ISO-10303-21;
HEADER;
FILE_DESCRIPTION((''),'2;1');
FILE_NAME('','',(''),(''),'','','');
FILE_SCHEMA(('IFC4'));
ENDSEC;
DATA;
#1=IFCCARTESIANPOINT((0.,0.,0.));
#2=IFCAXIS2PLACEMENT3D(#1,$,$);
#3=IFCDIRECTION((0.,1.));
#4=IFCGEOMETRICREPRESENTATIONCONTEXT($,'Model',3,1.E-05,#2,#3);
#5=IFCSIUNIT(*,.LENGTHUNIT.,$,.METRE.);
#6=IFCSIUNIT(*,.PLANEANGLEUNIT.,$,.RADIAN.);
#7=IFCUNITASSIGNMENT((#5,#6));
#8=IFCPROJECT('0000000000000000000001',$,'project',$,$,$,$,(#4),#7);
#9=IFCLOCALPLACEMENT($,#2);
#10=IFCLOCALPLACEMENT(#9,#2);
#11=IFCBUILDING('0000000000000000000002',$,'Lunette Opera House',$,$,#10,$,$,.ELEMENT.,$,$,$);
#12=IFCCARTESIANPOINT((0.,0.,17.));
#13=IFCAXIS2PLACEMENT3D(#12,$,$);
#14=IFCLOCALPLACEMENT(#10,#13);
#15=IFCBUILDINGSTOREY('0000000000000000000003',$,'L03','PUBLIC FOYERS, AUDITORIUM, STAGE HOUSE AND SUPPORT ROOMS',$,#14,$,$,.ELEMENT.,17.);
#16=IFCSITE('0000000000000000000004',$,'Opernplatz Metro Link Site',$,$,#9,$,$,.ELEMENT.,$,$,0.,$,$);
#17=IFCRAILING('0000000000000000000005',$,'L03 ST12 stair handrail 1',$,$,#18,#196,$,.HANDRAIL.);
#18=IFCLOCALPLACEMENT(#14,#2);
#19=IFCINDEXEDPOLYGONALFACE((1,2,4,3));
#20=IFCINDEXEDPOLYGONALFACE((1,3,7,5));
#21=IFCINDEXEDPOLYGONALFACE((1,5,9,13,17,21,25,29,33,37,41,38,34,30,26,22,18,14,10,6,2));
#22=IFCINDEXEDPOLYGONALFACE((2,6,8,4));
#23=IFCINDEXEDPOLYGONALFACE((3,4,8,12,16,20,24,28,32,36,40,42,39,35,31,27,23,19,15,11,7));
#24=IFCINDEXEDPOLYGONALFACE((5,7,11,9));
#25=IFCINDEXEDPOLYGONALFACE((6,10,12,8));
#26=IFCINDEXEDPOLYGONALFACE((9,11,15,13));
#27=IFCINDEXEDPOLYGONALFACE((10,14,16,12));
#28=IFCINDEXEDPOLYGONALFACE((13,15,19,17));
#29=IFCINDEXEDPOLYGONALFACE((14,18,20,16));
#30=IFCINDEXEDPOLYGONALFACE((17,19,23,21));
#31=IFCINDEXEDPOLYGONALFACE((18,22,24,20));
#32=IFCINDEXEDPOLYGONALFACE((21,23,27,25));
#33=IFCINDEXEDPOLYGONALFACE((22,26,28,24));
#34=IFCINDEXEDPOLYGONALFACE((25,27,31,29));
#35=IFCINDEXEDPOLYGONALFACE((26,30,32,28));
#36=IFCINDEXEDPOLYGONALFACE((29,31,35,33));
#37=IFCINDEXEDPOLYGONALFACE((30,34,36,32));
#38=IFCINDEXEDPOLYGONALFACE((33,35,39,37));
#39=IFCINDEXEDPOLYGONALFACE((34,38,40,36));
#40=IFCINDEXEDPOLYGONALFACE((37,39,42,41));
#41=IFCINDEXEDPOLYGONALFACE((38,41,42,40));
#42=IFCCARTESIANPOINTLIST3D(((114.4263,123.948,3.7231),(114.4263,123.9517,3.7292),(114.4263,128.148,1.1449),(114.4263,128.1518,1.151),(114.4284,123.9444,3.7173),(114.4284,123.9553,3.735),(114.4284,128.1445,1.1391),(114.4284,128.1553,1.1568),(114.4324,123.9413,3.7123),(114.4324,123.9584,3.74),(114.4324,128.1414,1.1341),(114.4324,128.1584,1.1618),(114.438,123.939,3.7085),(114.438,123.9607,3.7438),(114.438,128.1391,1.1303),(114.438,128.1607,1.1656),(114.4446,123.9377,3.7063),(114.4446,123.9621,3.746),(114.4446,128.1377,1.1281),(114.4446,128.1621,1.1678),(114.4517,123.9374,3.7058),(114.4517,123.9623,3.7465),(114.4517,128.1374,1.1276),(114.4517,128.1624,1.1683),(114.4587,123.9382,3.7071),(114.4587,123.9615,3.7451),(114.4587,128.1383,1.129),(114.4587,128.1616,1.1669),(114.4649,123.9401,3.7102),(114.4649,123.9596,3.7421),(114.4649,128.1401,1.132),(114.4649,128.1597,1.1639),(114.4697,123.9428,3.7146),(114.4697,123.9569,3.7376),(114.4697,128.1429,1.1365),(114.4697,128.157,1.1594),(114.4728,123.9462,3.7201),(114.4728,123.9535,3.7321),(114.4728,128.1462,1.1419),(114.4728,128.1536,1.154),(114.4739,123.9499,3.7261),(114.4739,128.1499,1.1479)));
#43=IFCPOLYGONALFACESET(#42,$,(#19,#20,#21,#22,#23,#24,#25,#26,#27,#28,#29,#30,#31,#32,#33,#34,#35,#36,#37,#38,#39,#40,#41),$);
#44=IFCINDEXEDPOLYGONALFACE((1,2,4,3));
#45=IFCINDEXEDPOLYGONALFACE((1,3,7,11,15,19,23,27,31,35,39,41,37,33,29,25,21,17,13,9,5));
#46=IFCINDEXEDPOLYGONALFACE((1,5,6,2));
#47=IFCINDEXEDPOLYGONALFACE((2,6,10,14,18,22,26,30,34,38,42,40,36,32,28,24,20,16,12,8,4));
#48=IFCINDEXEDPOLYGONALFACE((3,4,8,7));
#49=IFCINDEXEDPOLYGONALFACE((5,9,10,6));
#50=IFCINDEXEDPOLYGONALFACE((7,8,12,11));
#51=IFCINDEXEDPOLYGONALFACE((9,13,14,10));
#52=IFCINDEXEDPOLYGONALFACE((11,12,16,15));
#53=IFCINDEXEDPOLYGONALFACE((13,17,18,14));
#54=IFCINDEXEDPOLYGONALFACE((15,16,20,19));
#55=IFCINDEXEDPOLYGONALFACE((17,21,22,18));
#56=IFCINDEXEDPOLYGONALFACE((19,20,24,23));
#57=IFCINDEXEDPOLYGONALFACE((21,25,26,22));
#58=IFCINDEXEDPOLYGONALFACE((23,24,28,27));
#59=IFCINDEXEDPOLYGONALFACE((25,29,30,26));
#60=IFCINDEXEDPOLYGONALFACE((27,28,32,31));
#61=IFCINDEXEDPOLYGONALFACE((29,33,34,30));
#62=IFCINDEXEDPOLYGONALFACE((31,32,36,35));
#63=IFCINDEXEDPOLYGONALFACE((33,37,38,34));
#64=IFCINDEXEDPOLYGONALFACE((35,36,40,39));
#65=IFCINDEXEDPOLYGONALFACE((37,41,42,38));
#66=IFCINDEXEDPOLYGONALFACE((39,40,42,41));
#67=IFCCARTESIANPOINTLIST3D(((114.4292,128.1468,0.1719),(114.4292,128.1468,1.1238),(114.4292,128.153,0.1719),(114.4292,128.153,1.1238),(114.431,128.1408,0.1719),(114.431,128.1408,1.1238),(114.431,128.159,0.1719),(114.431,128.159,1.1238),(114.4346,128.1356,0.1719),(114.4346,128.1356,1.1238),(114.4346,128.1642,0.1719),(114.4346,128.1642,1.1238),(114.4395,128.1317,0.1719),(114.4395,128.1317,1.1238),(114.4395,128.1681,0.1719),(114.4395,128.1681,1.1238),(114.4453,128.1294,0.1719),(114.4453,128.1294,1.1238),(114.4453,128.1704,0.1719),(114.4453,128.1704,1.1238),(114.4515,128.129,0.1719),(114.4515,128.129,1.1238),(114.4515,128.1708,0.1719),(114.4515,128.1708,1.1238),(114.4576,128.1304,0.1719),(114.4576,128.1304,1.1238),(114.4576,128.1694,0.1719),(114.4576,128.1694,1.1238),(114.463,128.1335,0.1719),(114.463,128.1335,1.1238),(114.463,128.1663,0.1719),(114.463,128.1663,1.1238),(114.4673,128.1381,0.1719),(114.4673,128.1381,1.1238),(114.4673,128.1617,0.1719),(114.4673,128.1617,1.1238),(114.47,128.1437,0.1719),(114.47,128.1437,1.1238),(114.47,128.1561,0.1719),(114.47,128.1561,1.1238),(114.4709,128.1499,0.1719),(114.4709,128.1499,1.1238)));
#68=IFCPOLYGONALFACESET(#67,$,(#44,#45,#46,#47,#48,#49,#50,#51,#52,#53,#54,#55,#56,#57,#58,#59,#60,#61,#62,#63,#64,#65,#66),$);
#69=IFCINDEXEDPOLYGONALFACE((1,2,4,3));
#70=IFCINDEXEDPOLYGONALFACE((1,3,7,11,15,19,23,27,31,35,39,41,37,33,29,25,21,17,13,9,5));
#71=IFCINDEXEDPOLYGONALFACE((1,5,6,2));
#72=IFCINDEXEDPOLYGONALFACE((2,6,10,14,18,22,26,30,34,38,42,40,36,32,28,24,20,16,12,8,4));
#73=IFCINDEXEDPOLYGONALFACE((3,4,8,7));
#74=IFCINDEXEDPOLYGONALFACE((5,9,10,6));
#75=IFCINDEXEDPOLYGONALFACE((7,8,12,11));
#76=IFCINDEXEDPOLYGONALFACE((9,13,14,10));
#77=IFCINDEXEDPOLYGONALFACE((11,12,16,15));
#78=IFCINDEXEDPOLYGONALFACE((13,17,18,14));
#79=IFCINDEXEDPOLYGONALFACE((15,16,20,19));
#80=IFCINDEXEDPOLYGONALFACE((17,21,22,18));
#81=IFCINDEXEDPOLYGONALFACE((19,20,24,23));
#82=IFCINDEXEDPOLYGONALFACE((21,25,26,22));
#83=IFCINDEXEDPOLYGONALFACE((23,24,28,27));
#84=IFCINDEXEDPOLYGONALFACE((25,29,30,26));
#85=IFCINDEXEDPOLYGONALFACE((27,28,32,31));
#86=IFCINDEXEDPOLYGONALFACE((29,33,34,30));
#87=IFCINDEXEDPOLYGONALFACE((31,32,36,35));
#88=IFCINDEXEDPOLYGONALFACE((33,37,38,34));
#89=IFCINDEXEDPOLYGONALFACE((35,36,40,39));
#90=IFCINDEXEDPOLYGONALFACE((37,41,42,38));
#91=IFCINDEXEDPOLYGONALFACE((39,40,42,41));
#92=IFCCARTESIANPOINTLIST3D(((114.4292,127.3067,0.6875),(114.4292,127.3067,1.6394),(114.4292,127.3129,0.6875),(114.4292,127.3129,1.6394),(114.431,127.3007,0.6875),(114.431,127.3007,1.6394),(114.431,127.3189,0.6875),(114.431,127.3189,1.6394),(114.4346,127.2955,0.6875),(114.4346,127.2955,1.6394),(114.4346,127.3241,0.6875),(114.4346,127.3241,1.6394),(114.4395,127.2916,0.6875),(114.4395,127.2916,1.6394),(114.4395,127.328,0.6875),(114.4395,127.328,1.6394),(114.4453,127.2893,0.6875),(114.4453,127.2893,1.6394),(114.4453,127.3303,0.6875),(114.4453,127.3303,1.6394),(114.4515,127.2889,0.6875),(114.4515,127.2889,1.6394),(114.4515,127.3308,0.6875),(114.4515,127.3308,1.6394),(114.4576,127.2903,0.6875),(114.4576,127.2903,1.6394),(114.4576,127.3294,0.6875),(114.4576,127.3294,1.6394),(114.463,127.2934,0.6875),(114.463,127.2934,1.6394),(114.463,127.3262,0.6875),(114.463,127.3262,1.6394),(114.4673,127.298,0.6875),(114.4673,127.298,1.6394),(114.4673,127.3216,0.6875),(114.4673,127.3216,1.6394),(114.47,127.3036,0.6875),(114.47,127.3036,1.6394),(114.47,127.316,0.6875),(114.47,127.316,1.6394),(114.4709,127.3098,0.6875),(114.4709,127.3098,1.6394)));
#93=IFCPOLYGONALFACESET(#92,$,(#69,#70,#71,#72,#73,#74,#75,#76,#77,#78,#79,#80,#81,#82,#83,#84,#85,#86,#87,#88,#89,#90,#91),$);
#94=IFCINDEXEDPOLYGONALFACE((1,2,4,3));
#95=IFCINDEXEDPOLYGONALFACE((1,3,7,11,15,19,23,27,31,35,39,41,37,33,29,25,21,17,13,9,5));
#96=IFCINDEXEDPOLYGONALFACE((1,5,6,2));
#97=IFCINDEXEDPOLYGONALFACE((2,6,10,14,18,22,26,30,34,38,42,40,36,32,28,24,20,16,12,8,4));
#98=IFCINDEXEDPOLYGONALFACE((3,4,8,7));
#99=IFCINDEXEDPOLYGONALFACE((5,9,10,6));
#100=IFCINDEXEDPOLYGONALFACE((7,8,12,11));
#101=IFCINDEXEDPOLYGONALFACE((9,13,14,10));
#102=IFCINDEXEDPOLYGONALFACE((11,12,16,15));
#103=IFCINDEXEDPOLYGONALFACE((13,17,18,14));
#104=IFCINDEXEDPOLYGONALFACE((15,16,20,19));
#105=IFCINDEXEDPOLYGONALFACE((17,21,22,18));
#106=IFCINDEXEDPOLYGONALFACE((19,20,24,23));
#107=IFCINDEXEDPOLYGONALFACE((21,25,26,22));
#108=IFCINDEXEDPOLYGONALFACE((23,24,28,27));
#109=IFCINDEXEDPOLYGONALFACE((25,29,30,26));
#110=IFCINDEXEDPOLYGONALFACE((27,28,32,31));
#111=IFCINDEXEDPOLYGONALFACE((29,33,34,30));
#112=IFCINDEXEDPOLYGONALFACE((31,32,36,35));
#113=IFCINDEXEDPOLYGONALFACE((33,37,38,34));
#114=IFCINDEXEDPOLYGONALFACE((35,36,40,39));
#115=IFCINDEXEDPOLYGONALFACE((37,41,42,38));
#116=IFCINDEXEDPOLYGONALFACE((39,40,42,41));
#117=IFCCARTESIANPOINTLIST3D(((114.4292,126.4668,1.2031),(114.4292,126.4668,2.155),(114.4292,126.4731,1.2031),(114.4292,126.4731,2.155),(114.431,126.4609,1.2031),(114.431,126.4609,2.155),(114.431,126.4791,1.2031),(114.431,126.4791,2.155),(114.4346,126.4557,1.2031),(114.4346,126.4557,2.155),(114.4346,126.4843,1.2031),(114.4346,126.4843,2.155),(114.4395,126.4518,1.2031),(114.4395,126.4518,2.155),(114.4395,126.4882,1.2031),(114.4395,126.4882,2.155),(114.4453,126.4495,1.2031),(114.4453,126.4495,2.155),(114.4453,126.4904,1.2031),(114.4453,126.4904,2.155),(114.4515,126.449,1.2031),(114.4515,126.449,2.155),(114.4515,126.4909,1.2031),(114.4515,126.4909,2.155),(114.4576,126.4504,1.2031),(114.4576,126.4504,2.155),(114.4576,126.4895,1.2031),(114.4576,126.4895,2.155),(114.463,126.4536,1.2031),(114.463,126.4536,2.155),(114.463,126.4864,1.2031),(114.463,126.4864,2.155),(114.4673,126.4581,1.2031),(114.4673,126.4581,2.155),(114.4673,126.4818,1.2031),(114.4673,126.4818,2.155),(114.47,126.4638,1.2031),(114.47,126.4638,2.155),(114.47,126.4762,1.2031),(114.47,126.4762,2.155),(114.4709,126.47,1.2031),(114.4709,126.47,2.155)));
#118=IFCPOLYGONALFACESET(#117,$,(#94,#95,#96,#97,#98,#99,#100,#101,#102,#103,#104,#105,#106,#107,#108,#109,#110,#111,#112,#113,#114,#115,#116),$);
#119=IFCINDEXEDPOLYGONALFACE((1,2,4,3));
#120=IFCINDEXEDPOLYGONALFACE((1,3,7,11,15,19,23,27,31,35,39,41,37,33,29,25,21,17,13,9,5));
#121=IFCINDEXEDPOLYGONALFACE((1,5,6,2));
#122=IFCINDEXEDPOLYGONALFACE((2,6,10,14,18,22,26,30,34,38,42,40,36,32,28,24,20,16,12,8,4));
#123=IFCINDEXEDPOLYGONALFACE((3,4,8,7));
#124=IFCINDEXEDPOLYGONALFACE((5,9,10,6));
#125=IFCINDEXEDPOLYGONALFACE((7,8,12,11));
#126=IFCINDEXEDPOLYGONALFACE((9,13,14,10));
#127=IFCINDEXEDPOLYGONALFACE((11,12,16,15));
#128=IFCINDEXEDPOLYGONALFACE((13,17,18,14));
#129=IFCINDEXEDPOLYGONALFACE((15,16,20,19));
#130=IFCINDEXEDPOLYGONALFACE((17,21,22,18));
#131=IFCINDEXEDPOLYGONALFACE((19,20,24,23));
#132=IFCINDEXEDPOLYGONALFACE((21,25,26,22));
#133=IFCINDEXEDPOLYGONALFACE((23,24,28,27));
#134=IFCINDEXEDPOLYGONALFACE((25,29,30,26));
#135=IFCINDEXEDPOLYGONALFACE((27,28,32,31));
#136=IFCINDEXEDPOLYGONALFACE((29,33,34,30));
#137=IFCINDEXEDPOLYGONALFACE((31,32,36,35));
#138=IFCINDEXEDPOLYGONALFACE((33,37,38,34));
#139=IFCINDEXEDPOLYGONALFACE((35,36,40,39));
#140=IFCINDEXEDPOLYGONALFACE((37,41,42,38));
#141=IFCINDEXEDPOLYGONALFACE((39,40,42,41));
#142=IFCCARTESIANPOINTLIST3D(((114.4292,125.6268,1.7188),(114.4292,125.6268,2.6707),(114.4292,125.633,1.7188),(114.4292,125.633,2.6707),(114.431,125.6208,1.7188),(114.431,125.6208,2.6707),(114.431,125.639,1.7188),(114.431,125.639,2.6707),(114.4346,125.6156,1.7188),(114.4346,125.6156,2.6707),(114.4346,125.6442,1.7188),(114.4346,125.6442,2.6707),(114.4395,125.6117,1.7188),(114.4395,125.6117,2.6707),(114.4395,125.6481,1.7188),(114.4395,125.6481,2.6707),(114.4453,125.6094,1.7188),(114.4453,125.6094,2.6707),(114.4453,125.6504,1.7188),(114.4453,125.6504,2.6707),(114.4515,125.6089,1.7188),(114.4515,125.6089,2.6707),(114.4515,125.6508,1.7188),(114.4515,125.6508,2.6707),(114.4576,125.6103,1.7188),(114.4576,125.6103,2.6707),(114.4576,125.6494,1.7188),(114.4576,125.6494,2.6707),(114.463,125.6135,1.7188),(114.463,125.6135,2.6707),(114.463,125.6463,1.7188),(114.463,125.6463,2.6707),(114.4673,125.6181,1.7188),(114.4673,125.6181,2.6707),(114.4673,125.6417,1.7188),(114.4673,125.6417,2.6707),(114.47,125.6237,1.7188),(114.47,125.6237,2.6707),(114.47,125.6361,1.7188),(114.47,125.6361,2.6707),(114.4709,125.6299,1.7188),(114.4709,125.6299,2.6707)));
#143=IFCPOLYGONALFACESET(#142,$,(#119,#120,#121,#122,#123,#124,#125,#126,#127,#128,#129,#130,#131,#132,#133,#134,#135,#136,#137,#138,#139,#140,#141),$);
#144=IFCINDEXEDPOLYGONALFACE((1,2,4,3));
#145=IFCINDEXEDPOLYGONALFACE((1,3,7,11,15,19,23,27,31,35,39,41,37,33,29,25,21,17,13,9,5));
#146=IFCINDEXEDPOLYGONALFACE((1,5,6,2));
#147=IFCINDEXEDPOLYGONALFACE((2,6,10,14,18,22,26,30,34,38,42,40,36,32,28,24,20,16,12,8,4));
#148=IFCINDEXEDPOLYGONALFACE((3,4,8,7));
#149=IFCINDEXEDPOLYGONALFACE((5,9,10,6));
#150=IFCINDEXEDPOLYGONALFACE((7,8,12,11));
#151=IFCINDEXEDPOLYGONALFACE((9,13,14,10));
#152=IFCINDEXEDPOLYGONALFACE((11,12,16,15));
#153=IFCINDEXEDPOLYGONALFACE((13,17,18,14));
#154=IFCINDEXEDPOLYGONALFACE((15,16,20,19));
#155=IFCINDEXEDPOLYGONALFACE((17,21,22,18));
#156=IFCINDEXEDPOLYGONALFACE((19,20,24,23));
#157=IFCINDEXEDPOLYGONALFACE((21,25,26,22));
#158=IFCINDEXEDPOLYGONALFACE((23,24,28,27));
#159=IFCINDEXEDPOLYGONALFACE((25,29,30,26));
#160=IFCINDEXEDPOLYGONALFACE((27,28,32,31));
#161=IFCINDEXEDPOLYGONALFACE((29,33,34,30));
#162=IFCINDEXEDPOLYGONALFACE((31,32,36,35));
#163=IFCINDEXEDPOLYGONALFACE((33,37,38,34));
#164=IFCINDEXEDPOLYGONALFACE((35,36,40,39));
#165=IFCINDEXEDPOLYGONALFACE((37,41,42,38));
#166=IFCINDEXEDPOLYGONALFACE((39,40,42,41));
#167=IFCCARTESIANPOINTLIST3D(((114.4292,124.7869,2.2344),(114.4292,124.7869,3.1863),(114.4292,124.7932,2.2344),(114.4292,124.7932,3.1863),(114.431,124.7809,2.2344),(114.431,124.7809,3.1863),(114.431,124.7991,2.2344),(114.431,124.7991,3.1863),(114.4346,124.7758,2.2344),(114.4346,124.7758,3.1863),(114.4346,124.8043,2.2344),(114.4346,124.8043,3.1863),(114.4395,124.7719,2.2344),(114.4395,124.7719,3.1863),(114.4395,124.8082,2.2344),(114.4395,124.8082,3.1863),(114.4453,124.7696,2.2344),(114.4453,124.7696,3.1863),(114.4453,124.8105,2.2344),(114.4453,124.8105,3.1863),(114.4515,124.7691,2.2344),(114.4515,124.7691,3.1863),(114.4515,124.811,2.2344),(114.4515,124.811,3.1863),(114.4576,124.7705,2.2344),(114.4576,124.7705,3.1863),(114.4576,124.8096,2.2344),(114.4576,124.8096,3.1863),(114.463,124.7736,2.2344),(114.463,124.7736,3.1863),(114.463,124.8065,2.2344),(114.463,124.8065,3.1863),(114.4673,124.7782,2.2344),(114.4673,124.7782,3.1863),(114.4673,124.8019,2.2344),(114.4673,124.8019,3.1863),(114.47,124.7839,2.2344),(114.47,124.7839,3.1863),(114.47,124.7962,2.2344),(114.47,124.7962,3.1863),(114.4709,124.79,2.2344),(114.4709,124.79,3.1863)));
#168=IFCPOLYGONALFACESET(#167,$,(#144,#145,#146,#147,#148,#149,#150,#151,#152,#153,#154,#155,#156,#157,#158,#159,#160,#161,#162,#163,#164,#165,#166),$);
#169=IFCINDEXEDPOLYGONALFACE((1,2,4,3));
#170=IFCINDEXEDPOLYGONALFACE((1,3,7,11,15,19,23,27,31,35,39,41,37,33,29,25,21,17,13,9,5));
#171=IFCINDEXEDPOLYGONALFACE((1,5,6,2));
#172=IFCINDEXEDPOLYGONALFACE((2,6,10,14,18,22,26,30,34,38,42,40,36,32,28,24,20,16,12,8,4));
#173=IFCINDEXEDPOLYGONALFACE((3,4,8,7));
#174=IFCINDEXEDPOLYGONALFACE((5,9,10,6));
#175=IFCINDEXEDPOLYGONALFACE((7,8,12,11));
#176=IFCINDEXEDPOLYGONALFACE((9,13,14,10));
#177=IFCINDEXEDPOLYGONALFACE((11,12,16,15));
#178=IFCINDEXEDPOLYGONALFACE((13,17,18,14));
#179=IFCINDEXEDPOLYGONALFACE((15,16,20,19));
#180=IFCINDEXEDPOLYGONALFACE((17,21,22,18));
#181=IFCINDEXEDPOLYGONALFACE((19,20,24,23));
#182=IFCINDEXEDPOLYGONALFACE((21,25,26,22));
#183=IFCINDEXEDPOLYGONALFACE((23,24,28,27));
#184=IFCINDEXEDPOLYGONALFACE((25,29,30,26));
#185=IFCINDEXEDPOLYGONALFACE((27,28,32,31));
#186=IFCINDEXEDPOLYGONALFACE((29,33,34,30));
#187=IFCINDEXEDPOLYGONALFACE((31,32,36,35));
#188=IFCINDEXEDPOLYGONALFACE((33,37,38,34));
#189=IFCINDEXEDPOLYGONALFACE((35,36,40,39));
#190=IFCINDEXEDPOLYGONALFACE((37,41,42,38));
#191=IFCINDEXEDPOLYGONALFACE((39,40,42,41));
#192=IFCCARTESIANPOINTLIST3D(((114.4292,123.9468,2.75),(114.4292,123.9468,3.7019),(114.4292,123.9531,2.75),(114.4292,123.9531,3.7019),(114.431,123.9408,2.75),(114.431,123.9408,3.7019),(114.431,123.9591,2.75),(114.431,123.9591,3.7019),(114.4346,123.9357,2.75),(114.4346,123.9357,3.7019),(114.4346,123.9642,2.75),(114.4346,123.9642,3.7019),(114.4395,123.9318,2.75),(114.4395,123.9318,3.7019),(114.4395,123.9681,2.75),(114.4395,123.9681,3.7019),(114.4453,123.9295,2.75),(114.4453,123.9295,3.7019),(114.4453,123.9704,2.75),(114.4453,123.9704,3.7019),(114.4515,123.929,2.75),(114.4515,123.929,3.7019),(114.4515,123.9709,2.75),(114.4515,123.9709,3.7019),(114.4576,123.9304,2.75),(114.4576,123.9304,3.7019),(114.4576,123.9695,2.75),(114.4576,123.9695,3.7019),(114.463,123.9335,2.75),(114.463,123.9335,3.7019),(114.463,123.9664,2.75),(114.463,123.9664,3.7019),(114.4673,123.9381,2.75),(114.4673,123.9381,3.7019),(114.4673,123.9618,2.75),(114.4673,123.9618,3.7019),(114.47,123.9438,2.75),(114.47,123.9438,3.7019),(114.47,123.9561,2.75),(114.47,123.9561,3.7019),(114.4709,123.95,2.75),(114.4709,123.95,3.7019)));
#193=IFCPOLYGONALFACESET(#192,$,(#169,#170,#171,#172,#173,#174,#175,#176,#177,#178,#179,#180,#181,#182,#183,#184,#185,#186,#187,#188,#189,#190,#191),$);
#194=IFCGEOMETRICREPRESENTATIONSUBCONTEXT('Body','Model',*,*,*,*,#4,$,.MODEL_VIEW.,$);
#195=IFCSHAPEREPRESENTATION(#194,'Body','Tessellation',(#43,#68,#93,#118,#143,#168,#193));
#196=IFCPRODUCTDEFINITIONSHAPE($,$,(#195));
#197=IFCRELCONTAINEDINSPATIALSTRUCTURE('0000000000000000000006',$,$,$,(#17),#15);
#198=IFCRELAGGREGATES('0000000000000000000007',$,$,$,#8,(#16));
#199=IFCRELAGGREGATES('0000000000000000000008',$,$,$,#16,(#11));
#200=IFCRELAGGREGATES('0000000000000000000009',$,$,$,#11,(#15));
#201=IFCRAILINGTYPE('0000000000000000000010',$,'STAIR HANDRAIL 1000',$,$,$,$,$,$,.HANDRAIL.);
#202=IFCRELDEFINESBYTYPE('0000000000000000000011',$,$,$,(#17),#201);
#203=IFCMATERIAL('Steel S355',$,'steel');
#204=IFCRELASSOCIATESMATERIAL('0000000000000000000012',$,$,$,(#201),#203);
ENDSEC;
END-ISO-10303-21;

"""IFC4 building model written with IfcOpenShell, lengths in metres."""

from ifc_helpers import new_model, si_unit, direction, frame, origin, origin_2d, place, context, subcontext, project, spatial, circle, extrude, material, type_object, element, save


model = new_model("IFC4")

# Units and contexts
model_context = context("Model", 3, precision=1e-05, world=origin(), true_north=direction((0.0, 1.0)))
body_context = subcontext(model_context, "Body", "Model", "MODEL_VIEW")
ifc_project = project(units=[si_unit("LENGTHUNIT", "METRE"), si_unit("PLANEANGLEUNIT", "RADIAN")], contexts=[model_context])

# Site, building, storey
site_placement = place(None, origin())
site = spatial("IfcSite", under=ifc_project, at=site_placement, Name="Opernplatz Metro Link Site", CompositionType="ELEMENT", RefElevation=0.0)
building_placement = place(site_placement, origin())
building = spatial("IfcBuilding", under=site, at=building_placement, Name="Lunette Opera House", CompositionType="ELEMENT")
storey_placement = place(building_placement, frame((0.0, 0.0, 17.0)))
storey = spatial("IfcBuildingStorey", under=building, at=storey_placement, Name="L03", Description="PUBLIC FOYERS, AUDITORIUM, STAGE HOUSE AND SUPPORT ROOMS", CompositionType="ELEMENT", Elevation=17.0)

# Railing
ifc_material_1 = material(Name="Steel S355", Category="steel")
railing_type_1 = type_object("IfcRailingType", Name="STAIR HANDRAIL 1000", PredefinedType="HANDRAIL", material=ifc_material_1)
railing_1_placement = place(storey_placement, frame((114.45, 128.1499, 0.1719)))
element("IfcRailing", 1, at=railing_1_placement, inside=storey, type_object=railing_type_1, Name="L03 ST12 stair handrail 1", PredefinedType="HANDRAIL", context=body_context, shape_type="SweptSolid", body=[
    extrude(circle(Radius=0.0239, at=origin_2d()), frame((0.0, 0.0, 0.9761), z_axis=(0.0, -0.852243, 0.523146), x_axis=(1.0, 0.0, 0.0)), (0.0, 0.0, 1.0), 4.9282),
    extrude(circle(Radius=0.021, at=origin_2d()), origin(), (0.0, 0.0, 1.0), 0.9519),
    extrude(circle(Radius=0.021, at=origin_2d()), frame((0.0, -0.8401, 0.5156)), (0.0, 0.0, 1.0), 0.9519),
    extrude(circle(Radius=0.021, at=origin_2d()), frame((0.0, -1.6799, 1.0312)), (0.0, 0.0, 1.0), 0.9519),
    extrude(circle(Radius=0.021, at=origin_2d()), frame((0.0, -2.52, 1.5469)), (0.0, 0.0, 1.0), 0.9519),
    extrude(circle(Radius=0.021, at=origin_2d()), frame((0.0, -3.3599, 2.0625)), (0.0, 0.0, 1.0), 0.9519),
    extrude(circle(Radius=0.021, at=origin_2d()), frame((0.0, -4.2, 2.5781)), (0.0, 0.0, 1.0), 0.9519),
])

save(model, "model.ifc")
